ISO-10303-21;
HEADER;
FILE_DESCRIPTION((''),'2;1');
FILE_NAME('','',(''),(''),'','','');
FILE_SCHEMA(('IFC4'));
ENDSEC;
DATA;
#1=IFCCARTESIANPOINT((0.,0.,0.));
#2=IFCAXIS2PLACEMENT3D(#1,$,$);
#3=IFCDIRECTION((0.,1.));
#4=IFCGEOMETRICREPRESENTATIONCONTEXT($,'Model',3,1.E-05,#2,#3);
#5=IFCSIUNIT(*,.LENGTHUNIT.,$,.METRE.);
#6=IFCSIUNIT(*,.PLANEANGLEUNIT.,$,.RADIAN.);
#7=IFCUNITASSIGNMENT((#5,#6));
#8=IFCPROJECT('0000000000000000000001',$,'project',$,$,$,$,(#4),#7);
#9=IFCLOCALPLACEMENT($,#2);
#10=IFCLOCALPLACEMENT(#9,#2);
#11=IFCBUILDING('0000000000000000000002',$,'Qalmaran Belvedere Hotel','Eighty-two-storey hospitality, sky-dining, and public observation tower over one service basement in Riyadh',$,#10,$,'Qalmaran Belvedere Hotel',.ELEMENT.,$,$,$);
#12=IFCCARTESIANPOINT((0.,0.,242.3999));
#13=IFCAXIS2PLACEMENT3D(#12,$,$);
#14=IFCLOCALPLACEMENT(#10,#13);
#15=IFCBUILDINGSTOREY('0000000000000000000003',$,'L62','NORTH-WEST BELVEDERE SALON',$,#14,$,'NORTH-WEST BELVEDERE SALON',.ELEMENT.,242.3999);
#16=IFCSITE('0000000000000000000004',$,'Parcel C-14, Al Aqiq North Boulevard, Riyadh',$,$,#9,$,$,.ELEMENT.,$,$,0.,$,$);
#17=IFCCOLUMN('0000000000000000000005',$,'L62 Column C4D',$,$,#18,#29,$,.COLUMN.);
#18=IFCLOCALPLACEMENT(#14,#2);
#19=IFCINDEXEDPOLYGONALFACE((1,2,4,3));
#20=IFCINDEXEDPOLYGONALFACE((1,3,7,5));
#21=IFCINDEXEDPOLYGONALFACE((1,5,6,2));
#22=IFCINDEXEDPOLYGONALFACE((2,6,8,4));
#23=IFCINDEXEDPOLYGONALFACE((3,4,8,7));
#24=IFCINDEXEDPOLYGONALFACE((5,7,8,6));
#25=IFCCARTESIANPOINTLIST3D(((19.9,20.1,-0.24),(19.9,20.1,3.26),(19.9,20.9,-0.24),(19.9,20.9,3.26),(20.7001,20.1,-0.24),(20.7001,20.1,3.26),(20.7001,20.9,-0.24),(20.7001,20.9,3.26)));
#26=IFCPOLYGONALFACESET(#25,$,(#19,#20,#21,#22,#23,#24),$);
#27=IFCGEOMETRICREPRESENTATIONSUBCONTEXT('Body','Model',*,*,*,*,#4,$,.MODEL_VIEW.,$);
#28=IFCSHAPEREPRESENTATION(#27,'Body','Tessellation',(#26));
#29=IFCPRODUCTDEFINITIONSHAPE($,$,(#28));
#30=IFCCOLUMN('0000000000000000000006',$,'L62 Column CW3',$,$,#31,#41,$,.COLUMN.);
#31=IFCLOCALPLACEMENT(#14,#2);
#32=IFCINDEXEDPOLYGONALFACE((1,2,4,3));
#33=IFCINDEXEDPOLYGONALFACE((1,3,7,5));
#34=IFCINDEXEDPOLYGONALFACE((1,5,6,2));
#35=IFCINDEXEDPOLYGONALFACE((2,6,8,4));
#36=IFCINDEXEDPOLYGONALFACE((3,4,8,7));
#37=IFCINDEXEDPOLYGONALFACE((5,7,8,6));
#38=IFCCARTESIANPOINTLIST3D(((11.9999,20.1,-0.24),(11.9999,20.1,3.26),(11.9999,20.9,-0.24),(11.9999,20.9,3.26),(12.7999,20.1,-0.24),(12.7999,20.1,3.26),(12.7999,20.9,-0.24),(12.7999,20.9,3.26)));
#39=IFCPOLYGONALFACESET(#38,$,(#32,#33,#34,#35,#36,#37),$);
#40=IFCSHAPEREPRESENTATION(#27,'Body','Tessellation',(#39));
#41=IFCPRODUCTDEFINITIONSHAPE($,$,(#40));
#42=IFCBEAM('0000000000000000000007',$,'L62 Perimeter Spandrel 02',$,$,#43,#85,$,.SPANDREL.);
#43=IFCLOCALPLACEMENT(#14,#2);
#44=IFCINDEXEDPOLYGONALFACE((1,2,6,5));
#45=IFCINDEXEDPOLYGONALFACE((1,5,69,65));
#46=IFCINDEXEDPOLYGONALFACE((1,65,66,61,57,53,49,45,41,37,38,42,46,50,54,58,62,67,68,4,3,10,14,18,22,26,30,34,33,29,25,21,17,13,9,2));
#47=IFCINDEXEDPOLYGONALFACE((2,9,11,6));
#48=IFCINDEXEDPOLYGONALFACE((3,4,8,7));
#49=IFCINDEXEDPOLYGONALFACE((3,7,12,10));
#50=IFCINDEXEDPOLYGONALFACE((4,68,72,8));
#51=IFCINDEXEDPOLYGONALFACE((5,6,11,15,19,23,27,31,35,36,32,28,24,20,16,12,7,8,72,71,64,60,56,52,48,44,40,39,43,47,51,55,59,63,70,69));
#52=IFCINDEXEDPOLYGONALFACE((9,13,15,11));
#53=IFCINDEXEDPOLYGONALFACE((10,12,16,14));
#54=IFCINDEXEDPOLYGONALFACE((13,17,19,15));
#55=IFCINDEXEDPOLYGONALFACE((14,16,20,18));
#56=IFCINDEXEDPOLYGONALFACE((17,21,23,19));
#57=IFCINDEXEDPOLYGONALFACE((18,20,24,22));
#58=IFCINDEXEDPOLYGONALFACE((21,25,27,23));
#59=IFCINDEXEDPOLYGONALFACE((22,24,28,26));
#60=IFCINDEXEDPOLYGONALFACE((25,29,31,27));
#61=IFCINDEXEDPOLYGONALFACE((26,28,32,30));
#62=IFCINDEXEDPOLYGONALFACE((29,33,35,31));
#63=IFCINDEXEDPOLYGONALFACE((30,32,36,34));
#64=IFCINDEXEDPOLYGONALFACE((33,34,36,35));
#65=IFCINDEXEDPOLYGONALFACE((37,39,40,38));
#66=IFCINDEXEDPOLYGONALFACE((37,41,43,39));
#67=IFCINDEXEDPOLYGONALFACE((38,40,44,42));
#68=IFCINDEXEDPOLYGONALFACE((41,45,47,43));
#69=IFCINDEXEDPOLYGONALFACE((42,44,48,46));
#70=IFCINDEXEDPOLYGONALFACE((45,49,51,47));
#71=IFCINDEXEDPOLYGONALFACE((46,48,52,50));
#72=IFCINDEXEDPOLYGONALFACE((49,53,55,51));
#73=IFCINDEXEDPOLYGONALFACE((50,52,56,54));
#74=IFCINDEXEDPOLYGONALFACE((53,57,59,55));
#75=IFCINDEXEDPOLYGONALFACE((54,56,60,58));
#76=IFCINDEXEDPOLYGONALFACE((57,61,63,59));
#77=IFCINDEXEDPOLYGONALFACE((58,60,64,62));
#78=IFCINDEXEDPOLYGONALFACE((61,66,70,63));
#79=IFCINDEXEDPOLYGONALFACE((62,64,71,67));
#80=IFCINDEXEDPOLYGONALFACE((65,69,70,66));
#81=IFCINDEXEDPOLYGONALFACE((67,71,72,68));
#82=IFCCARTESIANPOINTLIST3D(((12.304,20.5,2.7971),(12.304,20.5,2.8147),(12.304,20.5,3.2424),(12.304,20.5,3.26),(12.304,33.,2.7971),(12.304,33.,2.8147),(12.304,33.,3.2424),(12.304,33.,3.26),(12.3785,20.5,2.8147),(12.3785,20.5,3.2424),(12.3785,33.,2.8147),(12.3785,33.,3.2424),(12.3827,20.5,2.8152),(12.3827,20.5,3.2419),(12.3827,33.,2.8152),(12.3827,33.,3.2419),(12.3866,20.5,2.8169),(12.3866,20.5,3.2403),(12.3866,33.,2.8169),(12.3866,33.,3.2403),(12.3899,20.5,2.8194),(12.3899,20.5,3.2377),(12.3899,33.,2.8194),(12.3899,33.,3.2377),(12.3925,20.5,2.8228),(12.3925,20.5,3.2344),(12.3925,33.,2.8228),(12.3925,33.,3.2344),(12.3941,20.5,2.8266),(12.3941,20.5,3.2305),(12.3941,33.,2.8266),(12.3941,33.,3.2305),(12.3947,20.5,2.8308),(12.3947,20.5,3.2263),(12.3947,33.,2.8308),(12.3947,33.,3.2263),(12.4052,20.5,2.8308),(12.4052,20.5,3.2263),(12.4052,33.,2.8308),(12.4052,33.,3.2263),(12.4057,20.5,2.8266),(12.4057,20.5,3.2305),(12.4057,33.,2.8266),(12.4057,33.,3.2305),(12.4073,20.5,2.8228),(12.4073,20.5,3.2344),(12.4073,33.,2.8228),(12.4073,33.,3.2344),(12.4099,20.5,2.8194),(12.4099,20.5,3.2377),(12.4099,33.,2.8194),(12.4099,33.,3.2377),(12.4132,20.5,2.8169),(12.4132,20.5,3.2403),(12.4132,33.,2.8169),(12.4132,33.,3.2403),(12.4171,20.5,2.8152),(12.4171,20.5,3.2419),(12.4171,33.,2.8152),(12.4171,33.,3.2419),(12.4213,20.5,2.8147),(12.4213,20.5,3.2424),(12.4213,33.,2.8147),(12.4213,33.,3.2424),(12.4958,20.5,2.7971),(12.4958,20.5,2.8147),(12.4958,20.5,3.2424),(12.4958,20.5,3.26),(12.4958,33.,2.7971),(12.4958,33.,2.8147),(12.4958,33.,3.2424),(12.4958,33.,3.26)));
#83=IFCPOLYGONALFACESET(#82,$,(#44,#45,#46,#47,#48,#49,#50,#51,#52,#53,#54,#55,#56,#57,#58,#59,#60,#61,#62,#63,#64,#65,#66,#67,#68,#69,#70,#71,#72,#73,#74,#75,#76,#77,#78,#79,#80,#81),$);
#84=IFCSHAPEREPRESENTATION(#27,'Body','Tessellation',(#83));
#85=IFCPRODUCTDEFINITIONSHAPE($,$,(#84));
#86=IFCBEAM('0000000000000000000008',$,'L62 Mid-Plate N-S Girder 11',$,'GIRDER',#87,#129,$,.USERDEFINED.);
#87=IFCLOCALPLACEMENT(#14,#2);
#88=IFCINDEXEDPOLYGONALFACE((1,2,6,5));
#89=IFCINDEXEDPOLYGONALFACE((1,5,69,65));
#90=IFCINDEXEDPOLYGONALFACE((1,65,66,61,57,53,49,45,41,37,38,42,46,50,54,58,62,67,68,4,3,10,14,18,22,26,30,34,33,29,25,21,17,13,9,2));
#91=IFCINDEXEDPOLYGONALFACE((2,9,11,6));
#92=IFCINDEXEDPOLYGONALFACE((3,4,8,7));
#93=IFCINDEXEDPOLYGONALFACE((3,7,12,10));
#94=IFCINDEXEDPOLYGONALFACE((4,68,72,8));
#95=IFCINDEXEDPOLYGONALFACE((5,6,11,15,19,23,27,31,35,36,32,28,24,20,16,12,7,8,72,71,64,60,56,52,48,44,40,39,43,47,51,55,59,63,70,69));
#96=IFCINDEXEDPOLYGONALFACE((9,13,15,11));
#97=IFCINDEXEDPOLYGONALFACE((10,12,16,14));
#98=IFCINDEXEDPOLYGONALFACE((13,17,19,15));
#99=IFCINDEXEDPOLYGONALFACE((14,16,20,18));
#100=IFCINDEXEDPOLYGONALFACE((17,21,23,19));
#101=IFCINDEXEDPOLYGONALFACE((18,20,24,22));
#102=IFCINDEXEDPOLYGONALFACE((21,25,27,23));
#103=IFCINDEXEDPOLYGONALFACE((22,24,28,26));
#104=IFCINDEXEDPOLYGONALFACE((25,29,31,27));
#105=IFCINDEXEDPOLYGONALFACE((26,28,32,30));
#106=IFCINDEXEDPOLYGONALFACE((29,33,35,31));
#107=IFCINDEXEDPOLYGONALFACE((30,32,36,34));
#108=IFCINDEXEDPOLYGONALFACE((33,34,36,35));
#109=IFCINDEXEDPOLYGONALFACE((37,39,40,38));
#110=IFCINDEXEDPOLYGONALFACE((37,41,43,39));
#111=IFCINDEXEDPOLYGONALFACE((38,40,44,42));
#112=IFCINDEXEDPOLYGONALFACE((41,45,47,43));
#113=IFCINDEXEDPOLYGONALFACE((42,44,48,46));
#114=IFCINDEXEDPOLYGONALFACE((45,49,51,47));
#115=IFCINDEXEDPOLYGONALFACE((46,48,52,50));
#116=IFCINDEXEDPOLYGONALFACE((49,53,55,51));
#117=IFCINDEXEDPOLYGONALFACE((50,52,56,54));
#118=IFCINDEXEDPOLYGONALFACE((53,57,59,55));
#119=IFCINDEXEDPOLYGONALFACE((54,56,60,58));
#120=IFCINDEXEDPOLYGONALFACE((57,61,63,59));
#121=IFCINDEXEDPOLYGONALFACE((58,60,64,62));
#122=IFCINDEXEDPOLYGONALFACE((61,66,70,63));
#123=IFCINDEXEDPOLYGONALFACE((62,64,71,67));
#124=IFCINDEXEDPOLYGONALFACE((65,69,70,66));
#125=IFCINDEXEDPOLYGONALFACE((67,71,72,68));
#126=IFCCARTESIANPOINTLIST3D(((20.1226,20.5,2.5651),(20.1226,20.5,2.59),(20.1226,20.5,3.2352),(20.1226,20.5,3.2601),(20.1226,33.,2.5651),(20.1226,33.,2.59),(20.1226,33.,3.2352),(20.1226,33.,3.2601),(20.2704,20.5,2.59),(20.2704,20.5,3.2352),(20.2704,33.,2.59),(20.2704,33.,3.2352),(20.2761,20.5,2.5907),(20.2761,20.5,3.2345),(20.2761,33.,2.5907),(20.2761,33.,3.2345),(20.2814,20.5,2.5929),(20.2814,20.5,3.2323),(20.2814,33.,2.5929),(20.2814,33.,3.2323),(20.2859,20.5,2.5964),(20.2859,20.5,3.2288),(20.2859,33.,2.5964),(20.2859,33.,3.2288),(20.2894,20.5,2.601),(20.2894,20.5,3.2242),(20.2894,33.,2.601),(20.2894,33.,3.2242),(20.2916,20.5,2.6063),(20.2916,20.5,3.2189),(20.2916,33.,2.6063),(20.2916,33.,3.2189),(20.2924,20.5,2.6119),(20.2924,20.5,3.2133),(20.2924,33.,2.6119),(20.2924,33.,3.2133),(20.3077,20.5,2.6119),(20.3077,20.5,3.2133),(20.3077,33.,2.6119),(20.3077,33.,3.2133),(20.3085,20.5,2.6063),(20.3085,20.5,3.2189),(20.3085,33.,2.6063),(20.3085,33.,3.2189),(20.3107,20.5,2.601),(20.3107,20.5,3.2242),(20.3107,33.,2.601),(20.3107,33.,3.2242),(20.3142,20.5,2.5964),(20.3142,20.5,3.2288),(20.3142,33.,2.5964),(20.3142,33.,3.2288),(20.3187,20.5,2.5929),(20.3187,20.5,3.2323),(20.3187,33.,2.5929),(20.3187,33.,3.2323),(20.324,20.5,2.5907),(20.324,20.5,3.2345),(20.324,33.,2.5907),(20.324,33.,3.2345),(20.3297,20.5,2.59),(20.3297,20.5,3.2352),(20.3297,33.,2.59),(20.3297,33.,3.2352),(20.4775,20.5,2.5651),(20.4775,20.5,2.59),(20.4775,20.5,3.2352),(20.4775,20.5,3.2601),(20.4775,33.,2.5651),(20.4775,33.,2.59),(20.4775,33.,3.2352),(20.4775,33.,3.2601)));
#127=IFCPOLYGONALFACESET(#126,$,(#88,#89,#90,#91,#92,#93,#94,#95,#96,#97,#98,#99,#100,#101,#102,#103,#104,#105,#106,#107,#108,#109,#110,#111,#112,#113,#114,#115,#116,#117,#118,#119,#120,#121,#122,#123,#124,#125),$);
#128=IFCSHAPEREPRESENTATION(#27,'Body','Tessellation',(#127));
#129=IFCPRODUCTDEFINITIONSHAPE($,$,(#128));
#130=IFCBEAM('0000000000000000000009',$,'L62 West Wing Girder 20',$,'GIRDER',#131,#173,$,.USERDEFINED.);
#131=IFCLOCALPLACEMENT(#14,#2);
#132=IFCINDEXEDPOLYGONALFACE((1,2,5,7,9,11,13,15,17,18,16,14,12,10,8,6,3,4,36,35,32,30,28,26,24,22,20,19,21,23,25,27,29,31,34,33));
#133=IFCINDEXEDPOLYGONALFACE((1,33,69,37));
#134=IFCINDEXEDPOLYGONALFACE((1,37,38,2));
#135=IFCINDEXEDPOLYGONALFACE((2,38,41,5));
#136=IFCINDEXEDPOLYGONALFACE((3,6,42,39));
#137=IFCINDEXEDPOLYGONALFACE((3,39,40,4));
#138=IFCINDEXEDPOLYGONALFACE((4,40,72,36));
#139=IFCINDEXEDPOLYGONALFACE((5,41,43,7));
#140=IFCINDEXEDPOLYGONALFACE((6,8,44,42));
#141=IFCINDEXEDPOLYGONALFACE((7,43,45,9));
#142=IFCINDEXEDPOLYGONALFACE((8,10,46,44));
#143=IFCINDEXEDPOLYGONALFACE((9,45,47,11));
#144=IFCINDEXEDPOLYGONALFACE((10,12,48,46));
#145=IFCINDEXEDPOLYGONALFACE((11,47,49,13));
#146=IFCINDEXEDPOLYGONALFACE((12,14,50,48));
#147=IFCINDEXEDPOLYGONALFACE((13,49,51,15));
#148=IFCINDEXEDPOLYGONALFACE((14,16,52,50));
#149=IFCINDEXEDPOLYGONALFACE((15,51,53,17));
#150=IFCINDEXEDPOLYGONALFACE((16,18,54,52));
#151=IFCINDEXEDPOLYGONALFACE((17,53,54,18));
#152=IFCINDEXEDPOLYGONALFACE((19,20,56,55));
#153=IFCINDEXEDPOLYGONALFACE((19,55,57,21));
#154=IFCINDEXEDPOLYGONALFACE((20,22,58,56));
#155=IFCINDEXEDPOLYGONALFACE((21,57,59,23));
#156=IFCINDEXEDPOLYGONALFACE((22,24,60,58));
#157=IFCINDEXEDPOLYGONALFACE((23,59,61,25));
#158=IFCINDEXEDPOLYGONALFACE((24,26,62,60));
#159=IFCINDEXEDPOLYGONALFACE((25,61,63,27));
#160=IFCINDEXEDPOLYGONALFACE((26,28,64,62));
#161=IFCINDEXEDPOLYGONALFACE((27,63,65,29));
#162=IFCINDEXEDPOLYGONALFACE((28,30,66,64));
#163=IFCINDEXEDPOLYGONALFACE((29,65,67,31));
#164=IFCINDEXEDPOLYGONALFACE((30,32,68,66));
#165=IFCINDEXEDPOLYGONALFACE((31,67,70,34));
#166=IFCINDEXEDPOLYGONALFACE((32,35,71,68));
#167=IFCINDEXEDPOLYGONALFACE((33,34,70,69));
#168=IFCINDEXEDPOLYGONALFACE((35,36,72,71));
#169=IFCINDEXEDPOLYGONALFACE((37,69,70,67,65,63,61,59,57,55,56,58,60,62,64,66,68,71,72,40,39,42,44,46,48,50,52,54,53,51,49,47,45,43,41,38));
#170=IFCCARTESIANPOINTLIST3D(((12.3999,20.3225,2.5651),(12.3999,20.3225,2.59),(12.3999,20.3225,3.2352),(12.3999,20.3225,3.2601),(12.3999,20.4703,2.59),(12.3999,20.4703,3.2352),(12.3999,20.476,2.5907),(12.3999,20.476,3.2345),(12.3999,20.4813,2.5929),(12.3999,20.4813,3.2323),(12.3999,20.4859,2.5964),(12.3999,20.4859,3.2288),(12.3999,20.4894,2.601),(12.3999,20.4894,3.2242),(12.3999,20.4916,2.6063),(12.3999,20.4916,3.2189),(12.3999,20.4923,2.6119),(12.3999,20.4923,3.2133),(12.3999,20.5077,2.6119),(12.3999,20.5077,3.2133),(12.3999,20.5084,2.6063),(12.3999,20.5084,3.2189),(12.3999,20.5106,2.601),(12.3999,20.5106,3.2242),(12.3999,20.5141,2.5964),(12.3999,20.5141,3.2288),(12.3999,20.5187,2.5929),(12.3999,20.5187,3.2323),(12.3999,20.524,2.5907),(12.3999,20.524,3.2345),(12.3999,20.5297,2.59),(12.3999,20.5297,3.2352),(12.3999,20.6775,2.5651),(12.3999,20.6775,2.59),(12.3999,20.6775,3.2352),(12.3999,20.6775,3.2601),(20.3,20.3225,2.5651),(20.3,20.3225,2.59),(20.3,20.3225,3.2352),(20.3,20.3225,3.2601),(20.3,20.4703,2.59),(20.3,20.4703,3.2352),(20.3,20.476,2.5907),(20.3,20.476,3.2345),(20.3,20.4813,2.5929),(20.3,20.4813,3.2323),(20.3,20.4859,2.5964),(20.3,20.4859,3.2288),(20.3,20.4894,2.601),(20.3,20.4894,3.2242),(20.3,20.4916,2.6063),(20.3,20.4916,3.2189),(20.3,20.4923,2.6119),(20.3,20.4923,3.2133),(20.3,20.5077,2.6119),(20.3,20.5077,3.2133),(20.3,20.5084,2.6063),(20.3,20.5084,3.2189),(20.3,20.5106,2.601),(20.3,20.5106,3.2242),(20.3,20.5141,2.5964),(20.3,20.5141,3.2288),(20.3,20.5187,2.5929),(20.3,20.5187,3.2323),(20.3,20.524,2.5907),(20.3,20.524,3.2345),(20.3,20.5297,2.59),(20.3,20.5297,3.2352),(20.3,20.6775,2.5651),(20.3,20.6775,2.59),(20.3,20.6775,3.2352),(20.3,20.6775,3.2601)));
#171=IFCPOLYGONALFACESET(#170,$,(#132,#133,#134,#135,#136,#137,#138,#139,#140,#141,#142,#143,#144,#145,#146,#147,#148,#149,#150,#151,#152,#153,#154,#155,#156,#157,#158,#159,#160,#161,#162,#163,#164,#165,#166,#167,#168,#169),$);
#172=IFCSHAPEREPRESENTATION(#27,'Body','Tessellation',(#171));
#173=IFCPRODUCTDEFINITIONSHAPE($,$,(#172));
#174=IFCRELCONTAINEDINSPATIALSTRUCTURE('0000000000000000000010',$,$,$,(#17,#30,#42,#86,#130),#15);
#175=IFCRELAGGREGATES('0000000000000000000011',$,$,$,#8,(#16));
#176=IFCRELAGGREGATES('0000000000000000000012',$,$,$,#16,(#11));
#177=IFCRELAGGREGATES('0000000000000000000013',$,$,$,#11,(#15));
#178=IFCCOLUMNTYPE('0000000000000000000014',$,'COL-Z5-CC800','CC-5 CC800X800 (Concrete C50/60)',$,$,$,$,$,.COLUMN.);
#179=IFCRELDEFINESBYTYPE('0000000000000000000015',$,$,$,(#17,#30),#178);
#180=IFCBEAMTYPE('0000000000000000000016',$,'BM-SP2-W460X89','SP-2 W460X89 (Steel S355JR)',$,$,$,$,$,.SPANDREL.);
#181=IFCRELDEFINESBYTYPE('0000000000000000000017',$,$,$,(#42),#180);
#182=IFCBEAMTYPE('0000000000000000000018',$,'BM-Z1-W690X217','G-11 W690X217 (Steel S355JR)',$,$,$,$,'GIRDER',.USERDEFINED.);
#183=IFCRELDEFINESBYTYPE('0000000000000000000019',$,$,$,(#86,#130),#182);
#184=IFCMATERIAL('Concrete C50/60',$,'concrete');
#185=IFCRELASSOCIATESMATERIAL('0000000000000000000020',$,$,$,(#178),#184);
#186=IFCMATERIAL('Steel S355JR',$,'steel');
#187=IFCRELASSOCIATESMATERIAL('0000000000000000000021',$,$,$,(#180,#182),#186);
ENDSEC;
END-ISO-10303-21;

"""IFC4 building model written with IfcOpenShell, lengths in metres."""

from ifc_helpers import new_model, si_unit, direction, frame, origin, origin_2d, place, context, subcontext, project, spatial, rectangle, i_section, extrude, material, material_profile, profile_set, type_object, element, save


model = new_model("IFC4")

# Units and contexts
model_context = context("Model", 3, precision=1e-05, world=origin(), true_north=direction((0.0, 1.0)))
body_context = subcontext(model_context, "Body", "Model", "MODEL_VIEW")
ifc_project = project(units=[si_unit("LENGTHUNIT", "METRE"), si_unit("PLANEANGLEUNIT", "RADIAN")], contexts=[model_context])

# Site, building, storey
site_placement = place(None, origin())
site = spatial("IfcSite", under=ifc_project, at=site_placement, Name="Parcel C-14, Al Aqiq North Boulevard, Riyadh", CompositionType="ELEMENT", RefElevation=0.0)
building_placement = place(site_placement, origin())
building = spatial("IfcBuilding", under=site, at=building_placement, Name="Qalmaran Belvedere Hotel", Description="Eighty-two-storey hospitality, sky-dining, and public observation tower over one service basement in Riyadh", LongName="Qalmaran Belvedere Hotel", CompositionType="ELEMENT")
storey_placement = place(building_placement, frame((0.0, 0.0, 242.3999)))
storey = spatial("IfcBuildingStorey", under=building, at=storey_placement, Name="L62", Description="NORTH-WEST BELVEDERE SALON", LongName="NORTH-WEST BELVEDERE SALON", CompositionType="ELEMENT", Elevation=242.3999)

# Columns
ifc_material_1 = material(Name="Concrete C50/60", Category="concrete")
ifc_material_profile_1 = material_profile(ifc_material_1, rectangle(XDim=0.8, YDim=0.8, at=origin_2d()), Name="CC800X800")
ifc_profile_set_1 = profile_set([ifc_material_profile_1], Name="Concrete C50/60")
column_type = type_object("IfcColumnType", Name="COL-Z5-CC800", Description="CC-5 CC800X800 (Concrete C50/60)", PredefinedType="COLUMN", material=ifc_profile_set_1)
for number, where, z_axis, x_axis, name in (
    (1, (20.3, 20.5, -0.24), (0.0, 0.0, 1.0), (1.0, 0.0, 0.0), "L62 Column C4D"),
    (2, (12.3999, 20.5, -0.24), (0.0, 0.0, 1.0), (1.0, 0.0, 0.0), "L62 Column CW3"),
):
    element("IfcColumn", number, at=place(storey_placement, frame(where, z_axis=z_axis, x_axis=x_axis)), inside=storey, type_object=column_type, Name=name, PredefinedType="COLUMN", context=body_context, shape_type="SweptSolid", body=[
        extrude(rectangle(XDim=0.8, YDim=0.8, at=origin_2d()), origin(), (0.0, 0.0, 1.0), 3.5),
    ])

# Beams
ifc_material_2 = material(Name="Steel S355JR", Category="steel")
ifc_material_profile_2 = material_profile(ifc_material_2, i_section(OverallWidth=0.1919, OverallDepth=0.4629, WebThickness=0.0105, FlangeThickness=0.0176, FilletRadius=0.0161, at=origin_2d()), Name="W460X89")
ifc_profile_set_2 = profile_set([ifc_material_profile_2], Name="Steel S355JR")
beam_type_1 = type_object("IfcBeamType", Name="BM-SP2-W460X89", Description="SP-2 W460X89 (Steel S355JR)", PredefinedType="SPANDREL", material=ifc_profile_set_2)
beam_1_placement = place(storey_placement, frame((12.3999, 20.5, 3.0286), z_axis=(0.0, 1.0, 0.0), x_axis=(-1.0, 0.0, 0.0)))
element("IfcBeam", 3, at=beam_1_placement, inside=storey, type_object=beam_type_1, Name="L62 Perimeter Spandrel 02", PredefinedType="SPANDREL", context=body_context, shape_type="SweptSolid", body=[
    extrude(i_section(OverallWidth=0.1919, OverallDepth=0.4629, WebThickness=0.0105, FlangeThickness=0.0176, FilletRadius=0.0161, at=origin_2d()), origin(), (0.0, 0.0, 1.0), 12.5),
])
ifc_material_profile_3 = material_profile(ifc_material_2, i_section(OverallWidth=0.355, OverallDepth=0.6951, WebThickness=0.0154, FlangeThickness=0.0249, FilletRadius=0.022, at=origin_2d()), Name="W690X217")
ifc_profile_set_3 = profile_set([ifc_material_profile_3], Name="Steel S355JR")
beam_type_2 = type_object("IfcBeamType", Name="BM-Z1-W690X217", Description="G-11 W690X217 (Steel S355JR)", ElementType="GIRDER", PredefinedType="USERDEFINED", material=ifc_profile_set_3)
beam_2_placement = place(storey_placement, frame((20.3, 20.5, 2.9126), z_axis=(0.0, 1.0, 0.0), x_axis=(-1.0, 0.0, 0.0)))
element("IfcBeam", 4, at=beam_2_placement, inside=storey, type_object=beam_type_2, Name="L62 Mid-Plate N-S Girder 11", ObjectType="GIRDER", PredefinedType="USERDEFINED", context=body_context, shape_type="SweptSolid", body=[
    extrude(i_section(OverallWidth=0.355, OverallDepth=0.6951, WebThickness=0.0154, FlangeThickness=0.0249, FilletRadius=0.022, at=origin_2d()), origin(), (0.0, 0.0, 1.0), 12.5),
])
beam_3_placement = place(storey_placement, frame((12.3999, 20.5, 2.9126), z_axis=(1.0, 0.0, 0.0), x_axis=(0.0, 1.0, 0.0)))
element("IfcBeam", 5, at=beam_3_placement, inside=storey, type_object=beam_type_2, Name="L62 West Wing Girder 20", ObjectType="GIRDER", PredefinedType="USERDEFINED", context=body_context, shape_type="SweptSolid", body=[
    extrude(i_section(OverallWidth=0.355, OverallDepth=0.6951, WebThickness=0.0154, FlangeThickness=0.0249, FilletRadius=0.022, at=origin_2d()), origin(), (0.0, 0.0, 1.0), 7.9001),
])

save(model, "model.ifc")
